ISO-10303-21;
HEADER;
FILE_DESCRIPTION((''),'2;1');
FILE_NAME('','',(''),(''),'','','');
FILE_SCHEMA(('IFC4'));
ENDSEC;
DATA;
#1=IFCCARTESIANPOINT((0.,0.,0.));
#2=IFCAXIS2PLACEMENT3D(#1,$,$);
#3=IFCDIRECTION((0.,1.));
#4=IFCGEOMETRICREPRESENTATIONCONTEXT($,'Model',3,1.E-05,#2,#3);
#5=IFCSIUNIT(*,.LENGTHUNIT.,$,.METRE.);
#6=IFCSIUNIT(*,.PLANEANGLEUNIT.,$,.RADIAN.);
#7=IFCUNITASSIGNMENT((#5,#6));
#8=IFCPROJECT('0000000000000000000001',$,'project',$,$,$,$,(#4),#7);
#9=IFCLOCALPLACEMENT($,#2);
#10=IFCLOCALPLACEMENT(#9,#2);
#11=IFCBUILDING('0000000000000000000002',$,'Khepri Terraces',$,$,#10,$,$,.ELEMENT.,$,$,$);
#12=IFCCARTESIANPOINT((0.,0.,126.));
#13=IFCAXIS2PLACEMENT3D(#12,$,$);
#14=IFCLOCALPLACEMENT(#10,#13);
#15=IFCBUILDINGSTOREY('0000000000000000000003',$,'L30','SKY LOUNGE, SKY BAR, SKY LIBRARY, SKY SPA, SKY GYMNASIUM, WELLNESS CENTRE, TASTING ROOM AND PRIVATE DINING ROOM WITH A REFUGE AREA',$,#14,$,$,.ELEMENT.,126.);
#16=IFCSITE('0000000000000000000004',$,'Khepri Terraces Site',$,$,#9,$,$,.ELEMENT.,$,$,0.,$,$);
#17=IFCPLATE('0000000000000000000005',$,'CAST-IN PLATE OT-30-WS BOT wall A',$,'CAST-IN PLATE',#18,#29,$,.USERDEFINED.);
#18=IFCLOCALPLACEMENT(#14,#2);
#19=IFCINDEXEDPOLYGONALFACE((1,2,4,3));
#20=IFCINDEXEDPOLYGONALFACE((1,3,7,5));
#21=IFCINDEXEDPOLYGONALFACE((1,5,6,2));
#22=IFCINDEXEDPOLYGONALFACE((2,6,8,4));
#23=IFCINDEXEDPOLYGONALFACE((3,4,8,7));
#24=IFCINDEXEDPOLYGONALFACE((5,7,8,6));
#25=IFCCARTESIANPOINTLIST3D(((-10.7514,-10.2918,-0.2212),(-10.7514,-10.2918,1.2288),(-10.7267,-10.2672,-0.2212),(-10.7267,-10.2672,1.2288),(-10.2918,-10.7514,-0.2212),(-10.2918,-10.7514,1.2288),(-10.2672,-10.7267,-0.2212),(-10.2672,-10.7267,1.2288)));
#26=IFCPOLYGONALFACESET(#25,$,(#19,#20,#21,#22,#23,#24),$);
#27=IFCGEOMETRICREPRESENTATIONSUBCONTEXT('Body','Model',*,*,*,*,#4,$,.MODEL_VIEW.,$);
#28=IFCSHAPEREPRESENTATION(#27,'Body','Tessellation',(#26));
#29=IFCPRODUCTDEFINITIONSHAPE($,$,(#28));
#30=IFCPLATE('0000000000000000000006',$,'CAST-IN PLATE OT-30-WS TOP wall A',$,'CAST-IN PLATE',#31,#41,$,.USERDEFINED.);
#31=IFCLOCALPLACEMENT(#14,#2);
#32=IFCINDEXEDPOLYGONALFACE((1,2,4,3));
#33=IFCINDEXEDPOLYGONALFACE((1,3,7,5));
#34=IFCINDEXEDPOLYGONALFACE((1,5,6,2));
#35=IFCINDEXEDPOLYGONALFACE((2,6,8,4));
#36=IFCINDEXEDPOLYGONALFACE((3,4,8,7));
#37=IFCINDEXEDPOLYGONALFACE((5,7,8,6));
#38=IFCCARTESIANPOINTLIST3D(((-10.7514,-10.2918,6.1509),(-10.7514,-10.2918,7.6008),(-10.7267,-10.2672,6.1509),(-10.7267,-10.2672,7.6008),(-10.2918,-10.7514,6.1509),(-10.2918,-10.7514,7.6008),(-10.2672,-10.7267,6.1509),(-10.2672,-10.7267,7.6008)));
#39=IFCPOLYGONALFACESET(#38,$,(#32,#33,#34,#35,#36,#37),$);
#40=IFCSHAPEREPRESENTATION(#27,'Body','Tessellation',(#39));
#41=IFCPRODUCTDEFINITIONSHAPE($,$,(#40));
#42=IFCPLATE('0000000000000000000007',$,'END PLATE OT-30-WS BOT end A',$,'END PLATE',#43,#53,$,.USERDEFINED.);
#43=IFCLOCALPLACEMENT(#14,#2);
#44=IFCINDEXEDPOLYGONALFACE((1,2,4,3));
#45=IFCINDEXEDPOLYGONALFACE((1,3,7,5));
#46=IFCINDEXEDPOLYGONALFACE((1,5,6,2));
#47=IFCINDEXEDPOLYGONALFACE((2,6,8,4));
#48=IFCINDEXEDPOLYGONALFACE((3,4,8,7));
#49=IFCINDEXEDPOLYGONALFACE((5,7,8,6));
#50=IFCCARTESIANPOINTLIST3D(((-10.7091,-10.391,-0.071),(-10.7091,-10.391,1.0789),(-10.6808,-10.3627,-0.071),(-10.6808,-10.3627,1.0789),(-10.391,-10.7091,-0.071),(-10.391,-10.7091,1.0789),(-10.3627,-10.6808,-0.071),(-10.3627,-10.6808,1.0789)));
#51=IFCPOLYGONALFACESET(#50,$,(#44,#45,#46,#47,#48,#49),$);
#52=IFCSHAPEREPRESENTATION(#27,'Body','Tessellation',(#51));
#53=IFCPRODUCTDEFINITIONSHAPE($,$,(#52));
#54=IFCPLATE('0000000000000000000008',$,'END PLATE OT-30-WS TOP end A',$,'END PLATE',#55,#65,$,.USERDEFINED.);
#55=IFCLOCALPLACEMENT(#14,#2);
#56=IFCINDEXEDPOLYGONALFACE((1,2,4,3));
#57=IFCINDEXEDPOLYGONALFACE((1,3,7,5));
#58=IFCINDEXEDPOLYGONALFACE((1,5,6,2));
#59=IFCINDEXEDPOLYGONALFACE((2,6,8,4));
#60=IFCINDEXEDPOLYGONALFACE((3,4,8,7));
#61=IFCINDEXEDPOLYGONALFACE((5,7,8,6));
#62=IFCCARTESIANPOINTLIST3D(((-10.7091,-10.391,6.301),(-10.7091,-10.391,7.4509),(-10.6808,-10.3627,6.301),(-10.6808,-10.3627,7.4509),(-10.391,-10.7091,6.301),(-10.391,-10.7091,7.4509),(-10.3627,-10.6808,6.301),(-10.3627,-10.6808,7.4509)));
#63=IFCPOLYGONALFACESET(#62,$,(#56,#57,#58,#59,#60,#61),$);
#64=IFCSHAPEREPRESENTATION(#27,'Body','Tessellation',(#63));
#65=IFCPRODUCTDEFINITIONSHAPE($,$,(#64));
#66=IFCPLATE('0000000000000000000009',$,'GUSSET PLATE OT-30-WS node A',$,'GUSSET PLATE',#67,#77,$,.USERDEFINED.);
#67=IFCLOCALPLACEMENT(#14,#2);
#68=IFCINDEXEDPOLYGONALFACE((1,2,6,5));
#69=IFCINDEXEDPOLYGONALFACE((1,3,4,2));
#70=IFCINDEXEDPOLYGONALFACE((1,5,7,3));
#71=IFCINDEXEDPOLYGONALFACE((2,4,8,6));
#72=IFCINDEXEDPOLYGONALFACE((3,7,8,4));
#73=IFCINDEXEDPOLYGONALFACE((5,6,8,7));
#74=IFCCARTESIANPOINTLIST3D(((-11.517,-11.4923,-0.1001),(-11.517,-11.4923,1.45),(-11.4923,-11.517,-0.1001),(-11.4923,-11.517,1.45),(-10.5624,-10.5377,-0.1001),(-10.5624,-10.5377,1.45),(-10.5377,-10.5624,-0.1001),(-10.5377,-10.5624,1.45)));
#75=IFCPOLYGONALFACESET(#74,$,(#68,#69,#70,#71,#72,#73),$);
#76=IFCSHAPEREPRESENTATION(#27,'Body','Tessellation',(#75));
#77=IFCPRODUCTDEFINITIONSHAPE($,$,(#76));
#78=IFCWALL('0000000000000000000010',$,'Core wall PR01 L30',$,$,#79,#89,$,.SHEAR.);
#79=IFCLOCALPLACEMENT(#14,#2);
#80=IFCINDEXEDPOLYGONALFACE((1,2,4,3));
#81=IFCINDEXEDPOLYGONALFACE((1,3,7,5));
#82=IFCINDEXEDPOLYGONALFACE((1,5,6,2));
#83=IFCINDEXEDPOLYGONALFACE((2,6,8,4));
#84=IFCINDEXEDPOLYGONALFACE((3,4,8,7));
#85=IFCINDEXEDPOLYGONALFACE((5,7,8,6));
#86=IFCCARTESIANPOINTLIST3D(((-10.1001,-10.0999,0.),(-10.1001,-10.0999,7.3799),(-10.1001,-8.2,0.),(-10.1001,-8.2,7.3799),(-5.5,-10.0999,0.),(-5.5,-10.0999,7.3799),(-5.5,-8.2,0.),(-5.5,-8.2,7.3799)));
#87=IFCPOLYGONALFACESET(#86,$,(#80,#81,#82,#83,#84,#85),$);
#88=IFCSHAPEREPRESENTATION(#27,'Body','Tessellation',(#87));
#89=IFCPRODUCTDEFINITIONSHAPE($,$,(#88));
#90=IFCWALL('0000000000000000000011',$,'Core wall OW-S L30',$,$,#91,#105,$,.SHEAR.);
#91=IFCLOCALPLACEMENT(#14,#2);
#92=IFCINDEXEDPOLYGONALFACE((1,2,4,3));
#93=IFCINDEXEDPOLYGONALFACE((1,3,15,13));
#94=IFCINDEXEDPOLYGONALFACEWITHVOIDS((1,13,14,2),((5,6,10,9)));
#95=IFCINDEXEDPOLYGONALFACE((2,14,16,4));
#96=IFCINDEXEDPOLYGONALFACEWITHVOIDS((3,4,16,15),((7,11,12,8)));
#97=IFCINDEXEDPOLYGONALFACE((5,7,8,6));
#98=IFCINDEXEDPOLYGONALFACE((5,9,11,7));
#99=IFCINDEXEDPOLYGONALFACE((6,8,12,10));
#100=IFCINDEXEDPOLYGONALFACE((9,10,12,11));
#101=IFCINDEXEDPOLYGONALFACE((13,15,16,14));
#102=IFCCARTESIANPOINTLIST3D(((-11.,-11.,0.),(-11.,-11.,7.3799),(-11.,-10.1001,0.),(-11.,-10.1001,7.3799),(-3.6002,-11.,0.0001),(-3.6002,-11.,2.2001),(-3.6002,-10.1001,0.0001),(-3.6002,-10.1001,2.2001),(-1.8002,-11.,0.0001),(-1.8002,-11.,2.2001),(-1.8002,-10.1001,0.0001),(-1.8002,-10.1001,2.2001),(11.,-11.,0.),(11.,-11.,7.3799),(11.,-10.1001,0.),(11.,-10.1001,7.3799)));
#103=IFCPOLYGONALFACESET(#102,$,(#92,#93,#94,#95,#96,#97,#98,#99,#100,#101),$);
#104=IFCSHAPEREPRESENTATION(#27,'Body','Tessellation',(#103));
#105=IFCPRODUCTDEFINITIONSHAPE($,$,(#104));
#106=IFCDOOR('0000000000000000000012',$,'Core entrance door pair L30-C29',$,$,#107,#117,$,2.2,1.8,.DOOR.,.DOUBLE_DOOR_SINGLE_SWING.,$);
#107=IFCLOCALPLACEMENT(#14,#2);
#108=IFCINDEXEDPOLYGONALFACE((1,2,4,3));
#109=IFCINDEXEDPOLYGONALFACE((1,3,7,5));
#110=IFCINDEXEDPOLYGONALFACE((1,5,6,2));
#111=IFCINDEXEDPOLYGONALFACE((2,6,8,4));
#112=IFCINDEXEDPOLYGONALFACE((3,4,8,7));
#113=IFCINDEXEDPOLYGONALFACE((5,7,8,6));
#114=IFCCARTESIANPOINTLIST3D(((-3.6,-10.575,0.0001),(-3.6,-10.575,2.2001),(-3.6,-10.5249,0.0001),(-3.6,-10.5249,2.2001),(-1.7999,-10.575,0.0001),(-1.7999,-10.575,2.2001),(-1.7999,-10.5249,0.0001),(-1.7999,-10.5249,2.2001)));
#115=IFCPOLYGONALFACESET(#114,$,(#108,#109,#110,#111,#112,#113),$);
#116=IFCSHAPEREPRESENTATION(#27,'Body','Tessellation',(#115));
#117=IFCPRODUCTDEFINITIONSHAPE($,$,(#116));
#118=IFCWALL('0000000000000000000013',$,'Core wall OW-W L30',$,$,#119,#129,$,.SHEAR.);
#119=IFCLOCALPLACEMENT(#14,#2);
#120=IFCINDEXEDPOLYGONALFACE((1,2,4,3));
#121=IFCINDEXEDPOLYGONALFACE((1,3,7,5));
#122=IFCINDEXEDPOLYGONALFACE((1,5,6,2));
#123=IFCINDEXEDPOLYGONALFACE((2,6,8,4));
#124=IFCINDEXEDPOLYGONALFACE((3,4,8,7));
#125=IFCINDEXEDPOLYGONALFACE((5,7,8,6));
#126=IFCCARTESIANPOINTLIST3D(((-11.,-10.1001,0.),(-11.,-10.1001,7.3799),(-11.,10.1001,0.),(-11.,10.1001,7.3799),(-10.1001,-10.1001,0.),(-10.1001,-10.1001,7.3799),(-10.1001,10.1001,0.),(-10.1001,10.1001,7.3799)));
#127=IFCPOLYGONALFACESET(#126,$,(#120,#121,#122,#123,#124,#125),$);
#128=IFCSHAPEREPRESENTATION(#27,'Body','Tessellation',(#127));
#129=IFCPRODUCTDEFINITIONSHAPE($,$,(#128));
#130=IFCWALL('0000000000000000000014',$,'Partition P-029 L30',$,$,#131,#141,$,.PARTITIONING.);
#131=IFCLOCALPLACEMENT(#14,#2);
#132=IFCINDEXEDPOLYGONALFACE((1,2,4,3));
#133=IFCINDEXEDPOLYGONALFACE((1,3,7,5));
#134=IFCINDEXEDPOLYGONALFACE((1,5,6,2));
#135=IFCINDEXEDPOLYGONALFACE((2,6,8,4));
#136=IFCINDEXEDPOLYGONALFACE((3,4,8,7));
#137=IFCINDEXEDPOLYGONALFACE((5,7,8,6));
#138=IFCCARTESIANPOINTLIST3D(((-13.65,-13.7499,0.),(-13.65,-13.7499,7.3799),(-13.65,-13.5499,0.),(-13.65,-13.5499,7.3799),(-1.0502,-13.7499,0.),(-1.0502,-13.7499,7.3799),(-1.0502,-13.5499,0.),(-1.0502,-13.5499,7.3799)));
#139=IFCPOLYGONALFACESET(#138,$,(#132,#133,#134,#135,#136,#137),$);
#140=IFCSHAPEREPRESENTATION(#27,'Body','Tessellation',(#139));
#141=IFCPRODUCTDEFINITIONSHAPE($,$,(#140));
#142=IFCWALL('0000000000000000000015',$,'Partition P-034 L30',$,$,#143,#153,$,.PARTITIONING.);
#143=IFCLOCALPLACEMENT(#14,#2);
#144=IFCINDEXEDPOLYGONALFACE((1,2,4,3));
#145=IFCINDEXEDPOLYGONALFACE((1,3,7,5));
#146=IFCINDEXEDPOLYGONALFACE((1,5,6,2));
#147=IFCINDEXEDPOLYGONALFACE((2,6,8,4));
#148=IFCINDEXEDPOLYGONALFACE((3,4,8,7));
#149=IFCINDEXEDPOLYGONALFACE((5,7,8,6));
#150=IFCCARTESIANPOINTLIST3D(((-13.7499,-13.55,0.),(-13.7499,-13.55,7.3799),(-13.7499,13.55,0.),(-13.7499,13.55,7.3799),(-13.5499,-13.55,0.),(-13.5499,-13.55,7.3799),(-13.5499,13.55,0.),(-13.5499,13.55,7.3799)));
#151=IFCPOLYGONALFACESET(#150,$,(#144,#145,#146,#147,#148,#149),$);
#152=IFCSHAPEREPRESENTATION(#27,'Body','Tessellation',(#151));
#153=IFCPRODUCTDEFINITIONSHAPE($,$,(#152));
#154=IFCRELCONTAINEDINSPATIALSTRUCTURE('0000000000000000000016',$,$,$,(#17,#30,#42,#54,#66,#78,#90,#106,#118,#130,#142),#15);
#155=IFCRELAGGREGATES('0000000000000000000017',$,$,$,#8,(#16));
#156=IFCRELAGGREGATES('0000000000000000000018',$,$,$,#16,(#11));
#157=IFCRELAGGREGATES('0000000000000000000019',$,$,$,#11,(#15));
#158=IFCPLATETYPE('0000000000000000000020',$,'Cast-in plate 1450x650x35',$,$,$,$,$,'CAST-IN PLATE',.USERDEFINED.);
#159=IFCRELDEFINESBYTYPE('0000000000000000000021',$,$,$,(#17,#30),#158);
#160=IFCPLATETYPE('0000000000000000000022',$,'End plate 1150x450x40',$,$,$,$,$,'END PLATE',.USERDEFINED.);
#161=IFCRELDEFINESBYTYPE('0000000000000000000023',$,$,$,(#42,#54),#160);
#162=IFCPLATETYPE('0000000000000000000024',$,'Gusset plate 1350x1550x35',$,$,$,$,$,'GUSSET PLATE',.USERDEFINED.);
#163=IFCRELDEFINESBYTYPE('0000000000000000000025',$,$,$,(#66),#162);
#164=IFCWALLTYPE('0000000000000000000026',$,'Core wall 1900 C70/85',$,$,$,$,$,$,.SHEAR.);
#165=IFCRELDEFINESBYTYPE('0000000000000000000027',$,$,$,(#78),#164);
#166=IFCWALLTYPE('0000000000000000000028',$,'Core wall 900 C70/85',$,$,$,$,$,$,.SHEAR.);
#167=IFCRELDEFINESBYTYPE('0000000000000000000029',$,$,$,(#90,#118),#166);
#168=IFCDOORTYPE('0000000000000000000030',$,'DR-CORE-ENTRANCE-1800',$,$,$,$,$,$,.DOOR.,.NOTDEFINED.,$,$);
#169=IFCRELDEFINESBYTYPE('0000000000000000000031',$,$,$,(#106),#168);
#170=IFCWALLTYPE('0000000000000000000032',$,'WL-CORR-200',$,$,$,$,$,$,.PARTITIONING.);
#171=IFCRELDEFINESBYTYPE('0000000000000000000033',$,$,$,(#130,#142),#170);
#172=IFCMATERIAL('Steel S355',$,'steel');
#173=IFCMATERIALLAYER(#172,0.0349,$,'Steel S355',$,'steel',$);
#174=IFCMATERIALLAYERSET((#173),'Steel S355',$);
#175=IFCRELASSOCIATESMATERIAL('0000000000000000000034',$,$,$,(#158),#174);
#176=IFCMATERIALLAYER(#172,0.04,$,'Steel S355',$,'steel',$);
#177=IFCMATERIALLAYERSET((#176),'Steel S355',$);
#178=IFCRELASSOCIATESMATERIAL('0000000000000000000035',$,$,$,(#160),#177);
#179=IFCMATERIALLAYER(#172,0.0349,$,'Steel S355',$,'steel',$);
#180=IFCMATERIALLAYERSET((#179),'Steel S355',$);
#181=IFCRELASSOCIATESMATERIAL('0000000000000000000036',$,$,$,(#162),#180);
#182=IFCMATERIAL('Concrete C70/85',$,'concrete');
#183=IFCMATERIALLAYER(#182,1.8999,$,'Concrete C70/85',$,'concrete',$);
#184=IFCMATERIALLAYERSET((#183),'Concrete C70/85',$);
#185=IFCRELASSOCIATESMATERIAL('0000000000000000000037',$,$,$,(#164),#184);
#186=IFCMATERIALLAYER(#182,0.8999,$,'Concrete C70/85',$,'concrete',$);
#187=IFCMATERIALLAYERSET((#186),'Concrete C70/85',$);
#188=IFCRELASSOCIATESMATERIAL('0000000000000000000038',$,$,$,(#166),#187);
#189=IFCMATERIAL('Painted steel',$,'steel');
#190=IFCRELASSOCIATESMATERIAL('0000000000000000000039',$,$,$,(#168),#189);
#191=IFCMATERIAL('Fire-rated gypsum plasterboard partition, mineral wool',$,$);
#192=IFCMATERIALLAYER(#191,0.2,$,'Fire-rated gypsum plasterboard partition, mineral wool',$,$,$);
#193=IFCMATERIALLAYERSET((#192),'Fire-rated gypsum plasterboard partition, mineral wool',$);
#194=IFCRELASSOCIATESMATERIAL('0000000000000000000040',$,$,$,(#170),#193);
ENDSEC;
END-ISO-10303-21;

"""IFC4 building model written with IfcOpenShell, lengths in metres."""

from ifc_helpers import new_model, si_unit, direction, frame, frame_2d, origin, origin_2d, place, context, subcontext, project, spatial, rectangle, extrude, material, layer, layer_set, type_object, element, fill, save


model = new_model("IFC4")

# Units and contexts
model_context = context("Model", 3, precision=1e-05, world=origin(), true_north=direction((0.0, 1.0)))
body_context = subcontext(model_context, "Body", "Model", "MODEL_VIEW")
ifc_project = project(units=[si_unit("LENGTHUNIT", "METRE"), si_unit("PLANEANGLEUNIT", "RADIAN")], contexts=[model_context])

# Site, building, storey
site_placement = place(None, origin())
site = spatial("IfcSite", under=ifc_project, at=site_placement, Name="Khepri Terraces Site", CompositionType="ELEMENT", RefElevation=0.0)
building_placement = place(site_placement, origin())
building = spatial("IfcBuilding", under=site, at=building_placement, Name="Khepri Terraces", CompositionType="ELEMENT")
storey_placement = place(building_placement, frame((0.0, 0.0, 126.0)))
storey = spatial("IfcBuildingStorey", under=building, at=storey_placement, Name="L30", Description="SKY LOUNGE, SKY BAR, SKY LIBRARY, SKY SPA, SKY GYMNASIUM, WELLNESS CENTRE, TASTING ROOM AND PRIVATE DINING ROOM WITH A REFUGE AREA", CompositionType="ELEMENT", Elevation=126.0)

# Shared definitions
ifc_material_1 = material(Name="Steel S355", Category="steel")

# Plates
ifc_layer_1 = layer(ifc_material_1, 0.0349, Name="Steel S355", Category="steel")
ifc_layer_set_1 = layer_set([ifc_layer_1], Name="Steel S355")
plate_type_1 = type_object("IfcPlateType", Name="Cast-in plate 1450x650x35", ElementType="CAST-IN PLATE", PredefinedType="USERDEFINED", material=ifc_layer_set_1)
for number, where, z_axis, x_axis, name in (
    (1, (-10.5093, -10.5093, -0.2212), (0.0, 0.0, 1.0), (-0.707107, -0.707107, 0.0), "CAST-IN PLATE OT-30-WS BOT wall A"),
    (2, (-10.5093, -10.5093, 6.1509), (0.0, 0.0, 1.0), (-0.707107, -0.707107, 0.0), "CAST-IN PLATE OT-30-WS TOP wall A"),
):
    element("IfcPlate", number, at=place(storey_placement, frame(where, z_axis=z_axis, x_axis=x_axis)), inside=storey, type_object=plate_type_1, Name=name, ObjectType="CAST-IN PLATE", PredefinedType="USERDEFINED", context=body_context, shape_type="SweptSolid", body=[
        extrude(rectangle(XDim=0.0349, YDim=0.6499, at=origin_2d()), origin(), (0.0, 0.0, 1.0), 1.45),
    ])
ifc_layer_2 = layer(ifc_material_1, 0.04, Name="Steel S355", Category="steel")
ifc_layer_set_2 = layer_set([ifc_layer_2], Name="Steel S355")
plate_type_2 = type_object("IfcPlateType", Name="End plate 1150x450x40", ElementType="END PLATE", PredefinedType="USERDEFINED", material=ifc_layer_set_2)
for number, where, z_axis, x_axis, name in (
    (3, (-10.5359, -10.5359, -0.071), (0.0, 0.0, 1.0), (-0.707107, -0.707107, 0.0), "END PLATE OT-30-WS BOT end A"),
    (4, (-10.5359, -10.5359, 6.301), (0.0, 0.0, 1.0), (-0.707107, -0.707107, 0.0), "END PLATE OT-30-WS TOP end A"),
):
    element("IfcPlate", number, at=place(storey_placement, frame(where, z_axis=z_axis, x_axis=x_axis)), inside=storey, type_object=plate_type_2, Name=name, ObjectType="END PLATE", PredefinedType="USERDEFINED", context=body_context, shape_type="SweptSolid", body=[
        extrude(rectangle(XDim=0.04, YDim=0.45, at=origin_2d()), origin(), (0.0, 0.0, 1.0), 1.1499),
    ])
ifc_layer_3 = layer(ifc_material_1, 0.0349, Name="Steel S355", Category="steel")
ifc_layer_set_3 = layer_set([ifc_layer_3], Name="Steel S355")
plate_type_3 = type_object("IfcPlateType", Name="Gusset plate 1350x1550x35", ElementType="GUSSET PLATE", PredefinedType="USERDEFINED", material=ifc_layer_set_3)
plate_placement = place(storey_placement, frame((-11.0273, -11.0273, -0.1001), z_axis=(0.0, 0.0, 1.0), x_axis=(-0.707107, -0.707107, 0.0)))
element("IfcPlate", 5, at=plate_placement, inside=storey, type_object=plate_type_3, Name="GUSSET PLATE OT-30-WS node A", ObjectType="GUSSET PLATE", PredefinedType="USERDEFINED", context=body_context, shape_type="SweptSolid", body=[
    extrude(rectangle(XDim=1.3501, YDim=0.0349, at=origin_2d()), origin(), (0.0, 0.0, 1.0), 1.55),
])

# Wall
ifc_material_2 = material(Name="Concrete C70/85", Category="concrete")
ifc_layer_4 = layer(ifc_material_2, 1.8999, Name="Concrete C70/85", Category="concrete")
ifc_layer_set_4 = layer_set([ifc_layer_4], Name="Concrete C70/85")
wall_type_1 = type_object("IfcWallType", Name="Core wall 1900 C70/85", PredefinedType="SHEAR", material=ifc_layer_set_4)
wall_1_placement = place(storey_placement, frame((-10.1001, -9.1499, 0.0), z_axis=(0.0, 0.0, 1.0), x_axis=(1.0, 0.0, 0.0)))
element("IfcWall", 6, at=wall_1_placement, inside=storey, type_object=wall_type_1, Name="Core wall PR01 L30", PredefinedType="SHEAR", context=body_context, shape_type="SweptSolid", body=[
    extrude(rectangle(XDim=4.6001, YDim=1.8999, at=frame_2d((2.3, 0.0))), origin(), (0.0, 0.0, 1.0), 7.3799),
])

# Wall, opening, door
ifc_layer_5 = layer(ifc_material_2, 0.8999, Name="Concrete C70/85", Category="concrete")
ifc_layer_set_5 = layer_set([ifc_layer_5], Name="Concrete C70/85")
wall_type_2 = type_object("IfcWallType", Name="Core wall 900 C70/85", PredefinedType="SHEAR", material=ifc_layer_set_5)
wall_2_placement = place(storey_placement, frame((-11.0, -10.55, 0.0), z_axis=(0.0, 0.0, 1.0), x_axis=(1.0, 0.0, 0.0)))
wall_2 = element("IfcWall", 7, at=wall_2_placement, inside=storey, type_object=wall_type_2, Name="Core wall OW-S L30", PredefinedType="SHEAR", context=body_context, shape_type="SweptSolid", body=[
    extrude(rectangle(XDim=22.0, YDim=0.8999, at=frame_2d((11.0, 0.0))), origin(), (0.0, 0.0, 1.0), 7.3799),
])
opening_placement = place(wall_2_placement, frame((7.3999, 0.0, 0.0)))
opening = element("IfcOpeningElement", 8, at=opening_placement, cuts=wall_2, PredefinedType="OPENING", context=body_context, shape_type="SweptSolid", body=[
    extrude(rectangle(XDim=1.8, YDim=2.2, at=frame_2d((0.8999, 1.1001))), frame((0.0, 0.46, 0.0), z_axis=(0.0, -1.0, 0.0), x_axis=(1.0, 0.0, 0.0)), (0.0, 0.0, 1.0), 0.9199),
])
ifc_material_3 = material(Name="Painted steel", Category="steel")
door_type = type_object("IfcDoorType", Name="DR-CORE-ENTRANCE-1800", OperationType="NOTDEFINED", PredefinedType="DOOR", material=ifc_material_3)
door_placement = place(opening_placement, frame((1.8, 0.0, 0.0), z_axis=(0.0, 0.0, 1.0), x_axis=(-1.0, 0.0, 0.0)))
door = element("IfcDoor", 9, at=door_placement, inside=storey, type_object=door_type, Name="Core entrance door pair L30-C29", OperationType="DOUBLE_DOOR_SINGLE_SWING", OverallHeight=2.2, OverallWidth=1.8, PredefinedType="DOOR", context=body_context, shape_type="SweptSolid", body=[
    extrude(rectangle(XDim=1.8, YDim=2.2, at=frame_2d((0.8999, 1.1001))), frame((0.0, 0.0249, 0.0), z_axis=(0.0, -1.0, 0.0), x_axis=(1.0, 0.0, 0.0)), (0.0, 0.0, 1.0), 0.05),
])
fill(opening, door)

# Walls
wall_3_placement = place(storey_placement, frame((-10.55, -10.1001, 0.0), z_axis=(0.0, 0.0, 1.0), x_axis=(0.0, 1.0, 0.0)))
element("IfcWall", 10, at=wall_3_placement, inside=storey, type_object=wall_type_2, Name="Core wall OW-W L30", PredefinedType="SHEAR", context=body_context, shape_type="SweptSolid", body=[
    extrude(rectangle(XDim=20.2002, YDim=0.8999, at=frame_2d((10.1001, 0.0))), origin(), (0.0, 0.0, 1.0), 7.3799),
])
ifc_material_4 = material(Name="Fire-rated gypsum plasterboard partition, mineral wool")
ifc_layer_6 = layer(ifc_material_4, 0.2, Name="Fire-rated gypsum plasterboard partition, mineral wool")
ifc_layer_set_6 = layer_set([ifc_layer_6], Name="Fire-rated gypsum plasterboard partition, mineral wool")
wall_type_3 = type_object("IfcWallType", Name="WL-CORR-200", PredefinedType="PARTITIONING", material=ifc_layer_set_6)
wall_4_placement = place(storey_placement, frame((-13.6499, -13.6499, 0.0), z_axis=(0.0, 0.0, 1.0), x_axis=(1.0, 0.0, 0.0)))
element("IfcWall", 11, at=wall_4_placement, inside=storey, type_object=wall_type_3, Name="Partition P-029 L30", PredefinedType="PARTITIONING", context=body_context, shape_type="SweptSolid", body=[
    extrude(rectangle(XDim=12.5999, YDim=0.2, at=frame_2d((6.2998, 0.0))), origin(), (0.0, 0.0, 1.0), 7.3799),
])
wall_5_placement = place(storey_placement, frame((-13.6499, -13.55, 0.0), z_axis=(0.0, 0.0, 1.0), x_axis=(0.0, 1.0, 0.0)))
element("IfcWall", 12, at=wall_5_placement, inside=storey, type_object=wall_type_3, Name="Partition P-034 L30", PredefinedType="PARTITIONING", context=body_context, shape_type="SweptSolid", body=[
    extrude(rectangle(XDim=27.1001, YDim=0.2, at=frame_2d((13.55, 0.0))), origin(), (0.0, 0.0, 1.0), 7.3799),
])

save(model, "model.ifc")
